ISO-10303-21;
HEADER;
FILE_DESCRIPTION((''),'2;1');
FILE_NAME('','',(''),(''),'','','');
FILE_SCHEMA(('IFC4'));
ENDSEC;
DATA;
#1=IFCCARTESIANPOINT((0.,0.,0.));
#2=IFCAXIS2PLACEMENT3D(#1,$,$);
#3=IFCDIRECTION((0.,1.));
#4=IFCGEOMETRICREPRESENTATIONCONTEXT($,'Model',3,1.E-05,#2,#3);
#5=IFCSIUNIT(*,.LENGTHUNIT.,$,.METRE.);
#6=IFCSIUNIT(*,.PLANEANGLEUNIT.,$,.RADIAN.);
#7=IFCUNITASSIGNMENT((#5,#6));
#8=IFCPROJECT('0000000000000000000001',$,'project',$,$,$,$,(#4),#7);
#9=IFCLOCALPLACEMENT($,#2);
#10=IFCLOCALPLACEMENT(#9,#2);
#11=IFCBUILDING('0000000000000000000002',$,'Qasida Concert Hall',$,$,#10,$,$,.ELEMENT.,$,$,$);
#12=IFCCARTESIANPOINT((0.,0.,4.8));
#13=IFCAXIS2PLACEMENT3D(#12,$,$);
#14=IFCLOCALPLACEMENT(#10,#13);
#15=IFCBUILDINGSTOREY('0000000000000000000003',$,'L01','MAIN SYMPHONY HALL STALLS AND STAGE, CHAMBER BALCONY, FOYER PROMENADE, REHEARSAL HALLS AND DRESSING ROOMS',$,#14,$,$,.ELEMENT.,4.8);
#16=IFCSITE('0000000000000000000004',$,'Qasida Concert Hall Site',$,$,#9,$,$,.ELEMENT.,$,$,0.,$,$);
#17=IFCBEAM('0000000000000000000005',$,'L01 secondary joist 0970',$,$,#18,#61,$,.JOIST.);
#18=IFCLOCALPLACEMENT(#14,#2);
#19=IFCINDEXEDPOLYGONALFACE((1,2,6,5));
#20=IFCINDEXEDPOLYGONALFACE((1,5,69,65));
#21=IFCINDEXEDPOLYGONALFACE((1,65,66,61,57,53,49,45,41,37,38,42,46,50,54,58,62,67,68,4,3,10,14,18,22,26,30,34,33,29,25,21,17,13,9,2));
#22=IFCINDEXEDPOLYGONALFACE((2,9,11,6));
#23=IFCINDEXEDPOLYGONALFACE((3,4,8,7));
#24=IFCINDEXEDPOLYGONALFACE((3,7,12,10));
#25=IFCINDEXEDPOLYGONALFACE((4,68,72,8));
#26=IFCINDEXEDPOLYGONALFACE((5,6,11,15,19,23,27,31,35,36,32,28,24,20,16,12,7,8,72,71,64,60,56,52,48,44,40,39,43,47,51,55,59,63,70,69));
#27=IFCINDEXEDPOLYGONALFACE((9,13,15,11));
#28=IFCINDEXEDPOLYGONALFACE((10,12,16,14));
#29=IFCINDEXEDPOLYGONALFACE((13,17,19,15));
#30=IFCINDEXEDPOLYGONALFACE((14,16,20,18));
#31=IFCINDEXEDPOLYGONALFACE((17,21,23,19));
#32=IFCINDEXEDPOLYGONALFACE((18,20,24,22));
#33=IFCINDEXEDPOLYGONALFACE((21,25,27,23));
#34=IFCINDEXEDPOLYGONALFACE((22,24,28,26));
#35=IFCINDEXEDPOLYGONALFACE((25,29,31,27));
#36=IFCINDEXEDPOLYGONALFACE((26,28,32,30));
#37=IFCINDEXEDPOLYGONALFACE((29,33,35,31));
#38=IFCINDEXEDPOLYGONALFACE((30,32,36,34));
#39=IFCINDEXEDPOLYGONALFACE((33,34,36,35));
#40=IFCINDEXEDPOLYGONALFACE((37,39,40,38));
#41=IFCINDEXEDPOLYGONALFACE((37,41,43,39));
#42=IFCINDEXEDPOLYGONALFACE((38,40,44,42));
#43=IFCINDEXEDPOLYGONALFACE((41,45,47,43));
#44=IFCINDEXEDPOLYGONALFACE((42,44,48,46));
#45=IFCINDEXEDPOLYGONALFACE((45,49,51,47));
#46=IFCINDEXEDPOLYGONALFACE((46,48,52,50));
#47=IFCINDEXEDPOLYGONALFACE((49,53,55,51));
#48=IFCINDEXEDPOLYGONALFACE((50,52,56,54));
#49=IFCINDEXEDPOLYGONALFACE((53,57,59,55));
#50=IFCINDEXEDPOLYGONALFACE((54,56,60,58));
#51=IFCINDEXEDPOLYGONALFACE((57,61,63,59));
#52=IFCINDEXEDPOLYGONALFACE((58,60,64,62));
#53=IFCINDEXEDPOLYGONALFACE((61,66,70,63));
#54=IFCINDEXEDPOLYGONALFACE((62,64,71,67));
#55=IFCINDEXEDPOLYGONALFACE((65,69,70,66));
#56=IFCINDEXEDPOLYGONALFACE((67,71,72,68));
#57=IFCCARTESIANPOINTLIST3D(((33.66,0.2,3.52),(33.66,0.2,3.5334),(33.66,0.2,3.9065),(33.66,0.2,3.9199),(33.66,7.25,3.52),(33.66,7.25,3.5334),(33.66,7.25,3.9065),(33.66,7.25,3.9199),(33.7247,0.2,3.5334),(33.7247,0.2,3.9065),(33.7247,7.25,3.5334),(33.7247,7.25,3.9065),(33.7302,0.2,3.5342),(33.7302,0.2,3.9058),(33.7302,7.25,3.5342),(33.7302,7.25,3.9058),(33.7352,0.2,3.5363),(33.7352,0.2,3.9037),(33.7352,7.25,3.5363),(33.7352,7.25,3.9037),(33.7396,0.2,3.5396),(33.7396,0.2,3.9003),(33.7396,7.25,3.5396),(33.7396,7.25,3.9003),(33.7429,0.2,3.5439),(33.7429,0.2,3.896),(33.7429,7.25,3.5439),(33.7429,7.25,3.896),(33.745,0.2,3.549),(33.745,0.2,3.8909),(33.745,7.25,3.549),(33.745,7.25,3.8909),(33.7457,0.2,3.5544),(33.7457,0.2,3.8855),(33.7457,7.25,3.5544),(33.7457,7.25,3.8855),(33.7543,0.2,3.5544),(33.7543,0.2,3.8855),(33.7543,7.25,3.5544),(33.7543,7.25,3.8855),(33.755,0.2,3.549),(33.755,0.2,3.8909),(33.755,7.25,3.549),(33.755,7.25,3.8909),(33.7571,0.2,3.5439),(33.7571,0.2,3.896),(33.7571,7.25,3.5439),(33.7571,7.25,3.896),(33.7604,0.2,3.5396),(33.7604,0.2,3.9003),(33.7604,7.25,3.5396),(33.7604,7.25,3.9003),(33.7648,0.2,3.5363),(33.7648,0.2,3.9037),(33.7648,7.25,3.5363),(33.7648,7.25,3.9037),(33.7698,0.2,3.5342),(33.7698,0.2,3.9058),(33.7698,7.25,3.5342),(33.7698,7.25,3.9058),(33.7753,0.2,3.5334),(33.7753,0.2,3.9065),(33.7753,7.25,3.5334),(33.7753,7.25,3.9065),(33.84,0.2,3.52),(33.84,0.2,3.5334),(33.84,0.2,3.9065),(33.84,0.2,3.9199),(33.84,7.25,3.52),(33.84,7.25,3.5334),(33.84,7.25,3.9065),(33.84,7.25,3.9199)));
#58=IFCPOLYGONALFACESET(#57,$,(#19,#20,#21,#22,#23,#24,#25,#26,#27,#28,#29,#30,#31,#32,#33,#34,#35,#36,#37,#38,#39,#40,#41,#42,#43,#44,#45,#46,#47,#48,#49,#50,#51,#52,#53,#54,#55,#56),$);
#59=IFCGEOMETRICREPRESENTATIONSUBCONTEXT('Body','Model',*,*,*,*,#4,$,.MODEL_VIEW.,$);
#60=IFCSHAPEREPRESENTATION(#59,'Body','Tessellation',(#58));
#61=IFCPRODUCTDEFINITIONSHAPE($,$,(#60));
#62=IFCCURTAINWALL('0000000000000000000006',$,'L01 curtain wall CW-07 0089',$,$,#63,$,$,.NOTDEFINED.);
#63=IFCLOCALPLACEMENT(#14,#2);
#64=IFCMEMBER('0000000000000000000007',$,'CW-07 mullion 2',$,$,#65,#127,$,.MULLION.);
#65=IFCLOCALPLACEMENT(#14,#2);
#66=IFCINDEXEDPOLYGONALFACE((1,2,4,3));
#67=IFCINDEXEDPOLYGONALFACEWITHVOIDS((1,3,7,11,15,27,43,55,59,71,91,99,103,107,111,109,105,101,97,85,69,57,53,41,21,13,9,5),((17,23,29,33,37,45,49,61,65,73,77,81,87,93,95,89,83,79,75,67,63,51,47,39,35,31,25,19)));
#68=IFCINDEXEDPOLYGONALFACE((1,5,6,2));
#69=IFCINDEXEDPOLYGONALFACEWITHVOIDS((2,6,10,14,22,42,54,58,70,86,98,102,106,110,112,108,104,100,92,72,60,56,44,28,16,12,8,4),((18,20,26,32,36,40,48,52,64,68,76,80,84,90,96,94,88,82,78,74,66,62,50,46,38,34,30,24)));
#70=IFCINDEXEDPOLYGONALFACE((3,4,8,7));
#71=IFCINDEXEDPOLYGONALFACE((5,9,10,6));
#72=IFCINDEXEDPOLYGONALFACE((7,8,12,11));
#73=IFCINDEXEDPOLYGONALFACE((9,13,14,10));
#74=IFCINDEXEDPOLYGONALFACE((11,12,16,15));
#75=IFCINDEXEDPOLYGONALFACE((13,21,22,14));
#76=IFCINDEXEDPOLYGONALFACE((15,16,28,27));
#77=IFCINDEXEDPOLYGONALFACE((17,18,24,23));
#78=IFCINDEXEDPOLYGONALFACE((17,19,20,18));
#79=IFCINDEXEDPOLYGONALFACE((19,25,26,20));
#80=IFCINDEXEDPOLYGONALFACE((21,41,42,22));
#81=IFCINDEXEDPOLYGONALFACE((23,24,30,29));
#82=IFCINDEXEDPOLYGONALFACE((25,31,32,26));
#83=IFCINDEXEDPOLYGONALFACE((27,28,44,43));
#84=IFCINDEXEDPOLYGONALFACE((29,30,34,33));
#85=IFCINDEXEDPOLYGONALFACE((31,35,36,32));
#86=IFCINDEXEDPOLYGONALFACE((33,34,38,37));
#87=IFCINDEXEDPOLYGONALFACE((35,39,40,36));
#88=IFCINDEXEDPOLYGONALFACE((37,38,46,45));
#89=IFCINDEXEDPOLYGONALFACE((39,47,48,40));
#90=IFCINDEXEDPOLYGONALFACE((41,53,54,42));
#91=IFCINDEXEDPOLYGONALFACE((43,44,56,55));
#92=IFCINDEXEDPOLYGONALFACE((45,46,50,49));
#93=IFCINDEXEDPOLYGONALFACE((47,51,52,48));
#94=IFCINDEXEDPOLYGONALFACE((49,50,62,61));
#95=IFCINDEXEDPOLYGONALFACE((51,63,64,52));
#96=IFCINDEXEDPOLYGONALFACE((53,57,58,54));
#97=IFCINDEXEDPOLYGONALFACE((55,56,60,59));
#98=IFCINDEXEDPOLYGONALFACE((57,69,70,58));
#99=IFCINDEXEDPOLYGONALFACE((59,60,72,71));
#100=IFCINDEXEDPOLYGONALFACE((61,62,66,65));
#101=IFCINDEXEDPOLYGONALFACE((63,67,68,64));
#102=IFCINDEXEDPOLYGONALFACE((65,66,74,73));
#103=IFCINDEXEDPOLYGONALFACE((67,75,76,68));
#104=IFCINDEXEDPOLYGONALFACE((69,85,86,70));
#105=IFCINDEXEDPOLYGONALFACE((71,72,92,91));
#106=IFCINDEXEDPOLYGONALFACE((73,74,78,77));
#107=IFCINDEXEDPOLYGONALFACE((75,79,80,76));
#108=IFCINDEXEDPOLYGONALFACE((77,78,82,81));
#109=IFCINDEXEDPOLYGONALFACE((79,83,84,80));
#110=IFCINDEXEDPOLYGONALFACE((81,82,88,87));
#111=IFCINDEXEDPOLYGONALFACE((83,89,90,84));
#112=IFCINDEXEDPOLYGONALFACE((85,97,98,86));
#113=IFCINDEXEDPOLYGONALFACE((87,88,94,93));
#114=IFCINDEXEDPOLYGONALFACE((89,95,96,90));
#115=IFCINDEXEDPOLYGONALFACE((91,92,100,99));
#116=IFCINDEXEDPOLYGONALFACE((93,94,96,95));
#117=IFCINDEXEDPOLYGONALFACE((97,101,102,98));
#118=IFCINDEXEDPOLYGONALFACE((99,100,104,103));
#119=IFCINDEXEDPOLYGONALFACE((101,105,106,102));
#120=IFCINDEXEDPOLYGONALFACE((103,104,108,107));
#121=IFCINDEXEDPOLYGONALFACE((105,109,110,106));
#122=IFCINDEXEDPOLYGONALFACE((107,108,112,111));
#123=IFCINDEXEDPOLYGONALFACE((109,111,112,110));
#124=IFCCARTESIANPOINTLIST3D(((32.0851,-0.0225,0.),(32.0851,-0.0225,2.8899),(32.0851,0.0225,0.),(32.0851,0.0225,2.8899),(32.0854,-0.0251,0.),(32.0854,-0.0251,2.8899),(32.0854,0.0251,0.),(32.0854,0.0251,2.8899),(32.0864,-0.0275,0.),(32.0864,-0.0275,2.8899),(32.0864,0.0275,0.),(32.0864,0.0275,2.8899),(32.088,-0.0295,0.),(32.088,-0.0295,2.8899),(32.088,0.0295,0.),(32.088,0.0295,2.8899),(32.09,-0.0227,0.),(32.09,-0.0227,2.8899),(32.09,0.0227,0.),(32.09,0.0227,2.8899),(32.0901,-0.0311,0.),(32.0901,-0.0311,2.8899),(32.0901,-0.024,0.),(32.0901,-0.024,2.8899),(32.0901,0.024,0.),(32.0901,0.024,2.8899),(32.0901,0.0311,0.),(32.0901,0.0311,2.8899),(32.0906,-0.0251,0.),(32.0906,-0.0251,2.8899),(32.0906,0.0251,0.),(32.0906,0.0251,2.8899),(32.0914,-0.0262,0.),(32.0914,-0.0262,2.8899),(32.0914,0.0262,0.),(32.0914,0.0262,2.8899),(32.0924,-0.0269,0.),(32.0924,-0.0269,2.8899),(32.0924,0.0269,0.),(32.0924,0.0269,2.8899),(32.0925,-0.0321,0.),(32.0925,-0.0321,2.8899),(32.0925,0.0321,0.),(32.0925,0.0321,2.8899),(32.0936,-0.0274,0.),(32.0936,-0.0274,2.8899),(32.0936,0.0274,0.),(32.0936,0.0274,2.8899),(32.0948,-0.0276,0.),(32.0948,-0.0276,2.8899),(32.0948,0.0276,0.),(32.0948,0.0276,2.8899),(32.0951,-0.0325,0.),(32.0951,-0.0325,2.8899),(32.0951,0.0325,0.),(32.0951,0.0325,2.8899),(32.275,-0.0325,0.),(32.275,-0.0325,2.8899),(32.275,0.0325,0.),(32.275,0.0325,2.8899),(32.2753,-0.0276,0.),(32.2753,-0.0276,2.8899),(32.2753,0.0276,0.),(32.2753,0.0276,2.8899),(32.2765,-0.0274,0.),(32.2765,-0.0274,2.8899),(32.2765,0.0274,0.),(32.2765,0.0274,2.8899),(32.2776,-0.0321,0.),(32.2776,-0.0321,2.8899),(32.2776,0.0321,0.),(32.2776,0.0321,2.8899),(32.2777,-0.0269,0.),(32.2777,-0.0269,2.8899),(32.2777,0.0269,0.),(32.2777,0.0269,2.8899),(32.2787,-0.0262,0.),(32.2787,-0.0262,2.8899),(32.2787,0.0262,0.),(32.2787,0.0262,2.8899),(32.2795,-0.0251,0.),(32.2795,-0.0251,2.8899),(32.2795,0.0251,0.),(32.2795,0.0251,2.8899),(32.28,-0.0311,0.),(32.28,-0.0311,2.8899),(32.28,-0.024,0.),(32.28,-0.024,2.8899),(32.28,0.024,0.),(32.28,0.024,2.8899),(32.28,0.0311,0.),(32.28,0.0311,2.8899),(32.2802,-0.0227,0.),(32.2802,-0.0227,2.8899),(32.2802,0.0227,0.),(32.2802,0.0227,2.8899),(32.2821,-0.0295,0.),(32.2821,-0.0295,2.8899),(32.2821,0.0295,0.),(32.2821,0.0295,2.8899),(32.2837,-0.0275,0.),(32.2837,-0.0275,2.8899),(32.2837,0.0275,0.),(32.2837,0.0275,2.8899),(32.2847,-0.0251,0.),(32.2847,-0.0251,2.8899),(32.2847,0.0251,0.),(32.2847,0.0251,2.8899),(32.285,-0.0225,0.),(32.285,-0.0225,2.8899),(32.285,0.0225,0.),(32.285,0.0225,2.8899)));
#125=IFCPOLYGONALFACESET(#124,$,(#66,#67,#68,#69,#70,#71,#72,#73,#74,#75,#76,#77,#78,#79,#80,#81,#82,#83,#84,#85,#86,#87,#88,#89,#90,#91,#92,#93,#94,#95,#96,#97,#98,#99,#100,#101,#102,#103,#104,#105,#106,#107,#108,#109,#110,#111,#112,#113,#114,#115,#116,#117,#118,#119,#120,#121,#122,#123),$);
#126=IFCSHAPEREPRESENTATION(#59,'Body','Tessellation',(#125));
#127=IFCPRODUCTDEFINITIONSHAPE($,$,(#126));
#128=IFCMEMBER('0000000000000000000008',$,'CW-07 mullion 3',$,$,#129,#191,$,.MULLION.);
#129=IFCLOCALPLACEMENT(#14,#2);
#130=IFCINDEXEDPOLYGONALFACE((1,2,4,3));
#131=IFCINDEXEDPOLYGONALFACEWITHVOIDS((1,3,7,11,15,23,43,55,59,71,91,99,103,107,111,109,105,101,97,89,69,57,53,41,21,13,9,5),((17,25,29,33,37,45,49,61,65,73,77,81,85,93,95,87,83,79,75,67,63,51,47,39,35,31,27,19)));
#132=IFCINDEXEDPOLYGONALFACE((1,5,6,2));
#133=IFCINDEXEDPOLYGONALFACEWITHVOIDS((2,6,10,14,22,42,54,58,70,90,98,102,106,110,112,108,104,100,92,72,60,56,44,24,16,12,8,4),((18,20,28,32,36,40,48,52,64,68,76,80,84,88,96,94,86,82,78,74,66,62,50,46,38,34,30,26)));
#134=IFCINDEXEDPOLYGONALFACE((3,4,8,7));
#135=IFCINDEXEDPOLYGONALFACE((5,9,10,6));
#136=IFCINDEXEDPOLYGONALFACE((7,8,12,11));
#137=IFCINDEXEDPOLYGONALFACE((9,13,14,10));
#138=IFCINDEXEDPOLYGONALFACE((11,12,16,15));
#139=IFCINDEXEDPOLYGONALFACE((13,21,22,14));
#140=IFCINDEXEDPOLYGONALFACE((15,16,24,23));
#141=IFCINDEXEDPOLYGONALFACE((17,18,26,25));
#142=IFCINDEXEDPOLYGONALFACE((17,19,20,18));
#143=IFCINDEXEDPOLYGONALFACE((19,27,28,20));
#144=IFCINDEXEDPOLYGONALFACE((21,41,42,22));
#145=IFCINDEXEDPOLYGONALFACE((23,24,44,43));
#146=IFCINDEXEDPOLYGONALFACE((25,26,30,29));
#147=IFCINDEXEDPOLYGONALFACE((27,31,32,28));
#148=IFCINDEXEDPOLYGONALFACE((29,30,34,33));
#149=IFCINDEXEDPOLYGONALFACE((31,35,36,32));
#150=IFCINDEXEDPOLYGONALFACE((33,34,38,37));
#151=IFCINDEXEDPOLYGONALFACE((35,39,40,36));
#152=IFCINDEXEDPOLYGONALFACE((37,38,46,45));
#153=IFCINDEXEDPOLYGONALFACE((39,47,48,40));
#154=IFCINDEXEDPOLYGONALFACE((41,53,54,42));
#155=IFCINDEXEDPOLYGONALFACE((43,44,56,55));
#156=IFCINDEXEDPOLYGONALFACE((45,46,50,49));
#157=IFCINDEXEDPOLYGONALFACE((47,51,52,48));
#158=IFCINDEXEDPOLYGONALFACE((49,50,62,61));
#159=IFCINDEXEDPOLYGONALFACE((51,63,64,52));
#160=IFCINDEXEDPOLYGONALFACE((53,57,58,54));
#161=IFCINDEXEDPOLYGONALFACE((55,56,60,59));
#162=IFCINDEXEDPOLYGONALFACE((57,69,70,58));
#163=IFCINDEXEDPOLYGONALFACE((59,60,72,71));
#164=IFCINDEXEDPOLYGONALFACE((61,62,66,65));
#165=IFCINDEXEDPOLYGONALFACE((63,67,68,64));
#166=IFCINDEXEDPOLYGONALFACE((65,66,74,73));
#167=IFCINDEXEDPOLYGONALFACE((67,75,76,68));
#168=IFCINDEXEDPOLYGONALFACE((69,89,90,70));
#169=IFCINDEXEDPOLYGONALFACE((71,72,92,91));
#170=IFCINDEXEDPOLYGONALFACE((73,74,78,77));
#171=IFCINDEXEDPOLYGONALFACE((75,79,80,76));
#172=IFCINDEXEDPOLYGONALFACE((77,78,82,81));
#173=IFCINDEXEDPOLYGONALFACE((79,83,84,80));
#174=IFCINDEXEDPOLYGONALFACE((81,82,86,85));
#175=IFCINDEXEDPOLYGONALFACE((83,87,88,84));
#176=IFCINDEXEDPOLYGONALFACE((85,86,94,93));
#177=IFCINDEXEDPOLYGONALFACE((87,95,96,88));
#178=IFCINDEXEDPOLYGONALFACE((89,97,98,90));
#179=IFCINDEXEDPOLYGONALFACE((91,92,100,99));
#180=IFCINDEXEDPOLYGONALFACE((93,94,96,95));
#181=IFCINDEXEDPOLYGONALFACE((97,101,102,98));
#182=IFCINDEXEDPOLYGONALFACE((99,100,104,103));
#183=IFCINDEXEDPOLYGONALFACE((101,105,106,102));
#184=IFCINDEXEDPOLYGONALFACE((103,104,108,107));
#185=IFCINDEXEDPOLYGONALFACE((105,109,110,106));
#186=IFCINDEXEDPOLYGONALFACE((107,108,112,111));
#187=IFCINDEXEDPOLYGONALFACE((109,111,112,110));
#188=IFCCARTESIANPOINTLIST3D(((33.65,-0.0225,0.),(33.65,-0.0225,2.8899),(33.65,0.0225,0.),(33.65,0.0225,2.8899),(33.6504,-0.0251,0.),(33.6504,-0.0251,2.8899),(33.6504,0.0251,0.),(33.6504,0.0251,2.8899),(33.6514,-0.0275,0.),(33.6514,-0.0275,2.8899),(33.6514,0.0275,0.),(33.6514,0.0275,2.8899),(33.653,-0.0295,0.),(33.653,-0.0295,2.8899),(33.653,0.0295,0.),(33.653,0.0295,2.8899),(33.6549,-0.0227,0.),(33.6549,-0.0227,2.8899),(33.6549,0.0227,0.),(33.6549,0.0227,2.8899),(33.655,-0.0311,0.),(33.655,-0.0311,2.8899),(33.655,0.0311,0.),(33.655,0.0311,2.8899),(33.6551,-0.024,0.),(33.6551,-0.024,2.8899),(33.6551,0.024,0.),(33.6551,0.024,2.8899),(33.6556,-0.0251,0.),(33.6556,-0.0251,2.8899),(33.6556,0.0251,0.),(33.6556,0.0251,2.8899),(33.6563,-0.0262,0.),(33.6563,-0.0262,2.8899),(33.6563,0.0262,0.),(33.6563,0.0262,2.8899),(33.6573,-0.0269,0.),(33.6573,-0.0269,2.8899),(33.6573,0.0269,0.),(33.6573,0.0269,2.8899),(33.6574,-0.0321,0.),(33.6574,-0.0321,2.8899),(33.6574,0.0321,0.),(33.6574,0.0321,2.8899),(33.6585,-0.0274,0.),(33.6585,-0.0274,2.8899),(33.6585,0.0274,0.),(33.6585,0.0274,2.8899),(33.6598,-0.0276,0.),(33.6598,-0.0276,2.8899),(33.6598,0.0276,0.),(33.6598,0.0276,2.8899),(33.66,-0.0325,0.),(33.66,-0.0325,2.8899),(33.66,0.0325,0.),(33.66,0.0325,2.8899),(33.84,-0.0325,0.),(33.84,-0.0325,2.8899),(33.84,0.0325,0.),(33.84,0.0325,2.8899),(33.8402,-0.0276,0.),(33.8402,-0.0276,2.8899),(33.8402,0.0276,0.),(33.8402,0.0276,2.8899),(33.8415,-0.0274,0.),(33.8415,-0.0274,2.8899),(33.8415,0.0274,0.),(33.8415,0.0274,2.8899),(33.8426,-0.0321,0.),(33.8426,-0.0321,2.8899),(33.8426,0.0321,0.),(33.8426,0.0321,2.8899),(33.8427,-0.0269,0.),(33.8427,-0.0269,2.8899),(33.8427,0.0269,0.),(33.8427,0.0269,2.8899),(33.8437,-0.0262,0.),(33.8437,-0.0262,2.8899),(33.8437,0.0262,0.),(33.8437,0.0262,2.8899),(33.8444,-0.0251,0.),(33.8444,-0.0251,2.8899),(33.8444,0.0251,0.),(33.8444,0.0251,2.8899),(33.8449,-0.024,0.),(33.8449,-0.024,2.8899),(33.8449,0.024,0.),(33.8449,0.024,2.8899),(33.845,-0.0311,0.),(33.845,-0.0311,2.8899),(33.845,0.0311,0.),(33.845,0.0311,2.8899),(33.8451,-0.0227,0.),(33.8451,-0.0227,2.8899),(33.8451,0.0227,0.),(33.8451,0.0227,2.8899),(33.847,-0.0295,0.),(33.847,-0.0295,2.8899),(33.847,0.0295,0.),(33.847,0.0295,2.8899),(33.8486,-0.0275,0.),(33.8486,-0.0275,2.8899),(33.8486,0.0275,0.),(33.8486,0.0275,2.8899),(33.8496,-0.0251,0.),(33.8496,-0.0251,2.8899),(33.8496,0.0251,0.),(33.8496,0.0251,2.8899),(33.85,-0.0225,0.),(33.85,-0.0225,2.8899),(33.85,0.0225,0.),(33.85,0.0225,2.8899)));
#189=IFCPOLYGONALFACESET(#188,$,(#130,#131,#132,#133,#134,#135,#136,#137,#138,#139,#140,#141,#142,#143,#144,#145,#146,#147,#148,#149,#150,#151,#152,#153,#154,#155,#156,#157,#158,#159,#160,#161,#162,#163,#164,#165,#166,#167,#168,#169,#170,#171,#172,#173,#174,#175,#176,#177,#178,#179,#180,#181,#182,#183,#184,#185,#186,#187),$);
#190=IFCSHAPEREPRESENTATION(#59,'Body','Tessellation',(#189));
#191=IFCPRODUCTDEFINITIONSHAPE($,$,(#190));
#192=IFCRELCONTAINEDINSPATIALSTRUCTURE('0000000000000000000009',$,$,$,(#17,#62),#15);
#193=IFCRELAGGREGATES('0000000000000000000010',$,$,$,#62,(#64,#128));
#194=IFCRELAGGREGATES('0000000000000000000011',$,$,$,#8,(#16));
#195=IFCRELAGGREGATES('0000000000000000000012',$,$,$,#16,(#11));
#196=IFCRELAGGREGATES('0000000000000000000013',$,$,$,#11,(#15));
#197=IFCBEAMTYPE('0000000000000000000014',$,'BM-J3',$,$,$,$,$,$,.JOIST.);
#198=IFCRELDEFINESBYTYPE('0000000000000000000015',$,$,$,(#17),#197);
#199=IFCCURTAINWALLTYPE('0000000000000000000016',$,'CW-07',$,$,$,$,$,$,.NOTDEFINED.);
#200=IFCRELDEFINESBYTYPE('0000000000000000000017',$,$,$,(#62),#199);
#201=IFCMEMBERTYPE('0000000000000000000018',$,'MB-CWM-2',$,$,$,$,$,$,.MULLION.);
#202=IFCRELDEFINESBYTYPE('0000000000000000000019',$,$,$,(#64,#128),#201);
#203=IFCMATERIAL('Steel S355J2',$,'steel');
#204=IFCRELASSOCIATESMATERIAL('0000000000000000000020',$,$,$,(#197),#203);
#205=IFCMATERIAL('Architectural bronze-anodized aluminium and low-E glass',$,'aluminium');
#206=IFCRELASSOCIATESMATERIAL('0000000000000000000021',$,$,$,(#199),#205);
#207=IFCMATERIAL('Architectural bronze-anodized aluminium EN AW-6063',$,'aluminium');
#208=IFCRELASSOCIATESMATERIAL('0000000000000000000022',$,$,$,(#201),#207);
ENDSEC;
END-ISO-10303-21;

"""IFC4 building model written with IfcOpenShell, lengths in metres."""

from ifc_helpers import new_model, si_unit, direction, frame, origin, origin_2d, place, context, subcontext, project, spatial, hollow_rectangle, i_section, extrude, material, material_profile, profile_set, type_object, element, aggregate, save


model = new_model("IFC4")

# Units and contexts
model_context = context("Model", 3, precision=1e-05, world=origin(), true_north=direction((0.0, 1.0)))
body_context = subcontext(model_context, "Body", "Model", "MODEL_VIEW")
ifc_project = project(units=[si_unit("LENGTHUNIT", "METRE"), si_unit("PLANEANGLEUNIT", "RADIAN")], contexts=[model_context])

# Site, building, storey
site_placement = place(None, origin())
site = spatial("IfcSite", under=ifc_project, at=site_placement, Name="Qasida Concert Hall Site", CompositionType="ELEMENT", RefElevation=0.0)
building_placement = place(site_placement, origin())
building = spatial("IfcBuilding", under=site, at=building_placement, Name="Qasida Concert Hall", CompositionType="ELEMENT")
storey_placement = place(building_placement, frame((0.0, 0.0, 4.8)))
storey = spatial("IfcBuildingStorey", under=building, at=storey_placement, Name="L01", Description="MAIN SYMPHONY HALL STALLS AND STAGE, CHAMBER BALCONY, FOYER PROMENADE, REHEARSAL HALLS AND DRESSING ROOMS", CompositionType="ELEMENT", Elevation=4.8)

# Beam
ifc_material_1 = material(Name="Steel S355J2", Category="steel")
ifc_material_profile_1 = material_profile(ifc_material_1, i_section(OverallWidth=0.1799, OverallDepth=0.3999, WebThickness=0.0085, FlangeThickness=0.0134, FilletRadius=0.021, at=origin_2d()), Name="IPE 400")
ifc_profile_set_1 = profile_set([ifc_material_profile_1], Name="Steel S355J2")
beam_type_1 = type_object("IfcBeamType", Name="BM-J3", PredefinedType="JOIST", material=ifc_profile_set_1)
beam_1_placement = place(storey_placement, frame((33.75, 0.2, 3.72), z_axis=(0.0, 1.0, 0.0), x_axis=(-1.0, 0.0, 0.0)))
element("IfcBeam", 1, at=beam_1_placement, inside=storey, type_object=beam_type_1, Name="L01 secondary joist 0970", PredefinedType="JOIST", context=body_context, shape_type="SweptSolid", body=[
    extrude(i_section(OverallWidth=0.1799, OverallDepth=0.3999, WebThickness=0.0085, FlangeThickness=0.0134, FilletRadius=0.021, at=origin_2d()), origin(), (0.0, 0.0, 1.0), 7.05),
])

# Curtain wall, members
ifc_material_2 = material(Name="Architectural bronze-anodized aluminium and low-E glass", Category="aluminium")
curtain_wall_type = type_object("IfcCurtainWallType", Name="CW-07", PredefinedType="NOTDEFINED", material=ifc_material_2)
curtain_wall_placement = place(storey_placement, origin())
curtain_wall = element("IfcCurtainWall", 2, at=curtain_wall_placement, inside=storey, type_object=curtain_wall_type, Name="L01 curtain wall CW-07 0089", PredefinedType="NOTDEFINED")
ifc_material_3 = material(Name="Architectural bronze-anodized aluminium EN AW-6063", Category="aluminium")
ifc_material_profile_2 = material_profile(ifc_material_3, hollow_rectangle(XDim=0.0649, YDim=0.2, WallThickness=0.0049, InnerFilletRadius=0.0049, OuterFilletRadius=0.01, at=origin_2d()), Name="CWM 200x65x5")
ifc_profile_set_2 = profile_set([ifc_material_profile_2], Name="Architectural bronze-anodized aluminium EN AW-6063")
member_type_1 = type_object("IfcMemberType", Name="MB-CWM-2", PredefinedType="MULLION", material=ifc_profile_set_2)
member_1_placement = place(storey_placement, frame((32.1851, 0.0, 0.0), z_axis=(0.0, 0.0, 1.0), x_axis=(0.0, 1.0, 0.0)))
member_1 = element("IfcMember", 3, at=member_1_placement, type_object=member_type_1, Name="CW-07 mullion 2", PredefinedType="MULLION", context=body_context, shape_type="SweptSolid", body=[
    extrude(hollow_rectangle(XDim=0.0649, YDim=0.2, WallThickness=0.0049, InnerFilletRadius=0.0049, OuterFilletRadius=0.01, at=origin_2d()), origin(), (0.0, 0.0, 1.0), 2.8899),
])
member_2_placement = place(storey_placement, frame((33.75, 0.0, 0.0), z_axis=(0.0, 0.0, 1.0), x_axis=(0.0, 1.0, 0.0)))
member_2 = element("IfcMember", 4, at=member_2_placement, type_object=member_type_1, Name="CW-07 mullion 3", PredefinedType="MULLION", context=body_context, shape_type="SweptSolid", body=[
    extrude(hollow_rectangle(XDim=0.0649, YDim=0.2, WallThickness=0.0049, InnerFilletRadius=0.0049, OuterFilletRadius=0.01, at=origin_2d()), origin(), (0.0, 0.0, 1.0), 2.8899),
])
aggregate(curtain_wall, [member_1, member_2])

save(model, "model.ifc")
